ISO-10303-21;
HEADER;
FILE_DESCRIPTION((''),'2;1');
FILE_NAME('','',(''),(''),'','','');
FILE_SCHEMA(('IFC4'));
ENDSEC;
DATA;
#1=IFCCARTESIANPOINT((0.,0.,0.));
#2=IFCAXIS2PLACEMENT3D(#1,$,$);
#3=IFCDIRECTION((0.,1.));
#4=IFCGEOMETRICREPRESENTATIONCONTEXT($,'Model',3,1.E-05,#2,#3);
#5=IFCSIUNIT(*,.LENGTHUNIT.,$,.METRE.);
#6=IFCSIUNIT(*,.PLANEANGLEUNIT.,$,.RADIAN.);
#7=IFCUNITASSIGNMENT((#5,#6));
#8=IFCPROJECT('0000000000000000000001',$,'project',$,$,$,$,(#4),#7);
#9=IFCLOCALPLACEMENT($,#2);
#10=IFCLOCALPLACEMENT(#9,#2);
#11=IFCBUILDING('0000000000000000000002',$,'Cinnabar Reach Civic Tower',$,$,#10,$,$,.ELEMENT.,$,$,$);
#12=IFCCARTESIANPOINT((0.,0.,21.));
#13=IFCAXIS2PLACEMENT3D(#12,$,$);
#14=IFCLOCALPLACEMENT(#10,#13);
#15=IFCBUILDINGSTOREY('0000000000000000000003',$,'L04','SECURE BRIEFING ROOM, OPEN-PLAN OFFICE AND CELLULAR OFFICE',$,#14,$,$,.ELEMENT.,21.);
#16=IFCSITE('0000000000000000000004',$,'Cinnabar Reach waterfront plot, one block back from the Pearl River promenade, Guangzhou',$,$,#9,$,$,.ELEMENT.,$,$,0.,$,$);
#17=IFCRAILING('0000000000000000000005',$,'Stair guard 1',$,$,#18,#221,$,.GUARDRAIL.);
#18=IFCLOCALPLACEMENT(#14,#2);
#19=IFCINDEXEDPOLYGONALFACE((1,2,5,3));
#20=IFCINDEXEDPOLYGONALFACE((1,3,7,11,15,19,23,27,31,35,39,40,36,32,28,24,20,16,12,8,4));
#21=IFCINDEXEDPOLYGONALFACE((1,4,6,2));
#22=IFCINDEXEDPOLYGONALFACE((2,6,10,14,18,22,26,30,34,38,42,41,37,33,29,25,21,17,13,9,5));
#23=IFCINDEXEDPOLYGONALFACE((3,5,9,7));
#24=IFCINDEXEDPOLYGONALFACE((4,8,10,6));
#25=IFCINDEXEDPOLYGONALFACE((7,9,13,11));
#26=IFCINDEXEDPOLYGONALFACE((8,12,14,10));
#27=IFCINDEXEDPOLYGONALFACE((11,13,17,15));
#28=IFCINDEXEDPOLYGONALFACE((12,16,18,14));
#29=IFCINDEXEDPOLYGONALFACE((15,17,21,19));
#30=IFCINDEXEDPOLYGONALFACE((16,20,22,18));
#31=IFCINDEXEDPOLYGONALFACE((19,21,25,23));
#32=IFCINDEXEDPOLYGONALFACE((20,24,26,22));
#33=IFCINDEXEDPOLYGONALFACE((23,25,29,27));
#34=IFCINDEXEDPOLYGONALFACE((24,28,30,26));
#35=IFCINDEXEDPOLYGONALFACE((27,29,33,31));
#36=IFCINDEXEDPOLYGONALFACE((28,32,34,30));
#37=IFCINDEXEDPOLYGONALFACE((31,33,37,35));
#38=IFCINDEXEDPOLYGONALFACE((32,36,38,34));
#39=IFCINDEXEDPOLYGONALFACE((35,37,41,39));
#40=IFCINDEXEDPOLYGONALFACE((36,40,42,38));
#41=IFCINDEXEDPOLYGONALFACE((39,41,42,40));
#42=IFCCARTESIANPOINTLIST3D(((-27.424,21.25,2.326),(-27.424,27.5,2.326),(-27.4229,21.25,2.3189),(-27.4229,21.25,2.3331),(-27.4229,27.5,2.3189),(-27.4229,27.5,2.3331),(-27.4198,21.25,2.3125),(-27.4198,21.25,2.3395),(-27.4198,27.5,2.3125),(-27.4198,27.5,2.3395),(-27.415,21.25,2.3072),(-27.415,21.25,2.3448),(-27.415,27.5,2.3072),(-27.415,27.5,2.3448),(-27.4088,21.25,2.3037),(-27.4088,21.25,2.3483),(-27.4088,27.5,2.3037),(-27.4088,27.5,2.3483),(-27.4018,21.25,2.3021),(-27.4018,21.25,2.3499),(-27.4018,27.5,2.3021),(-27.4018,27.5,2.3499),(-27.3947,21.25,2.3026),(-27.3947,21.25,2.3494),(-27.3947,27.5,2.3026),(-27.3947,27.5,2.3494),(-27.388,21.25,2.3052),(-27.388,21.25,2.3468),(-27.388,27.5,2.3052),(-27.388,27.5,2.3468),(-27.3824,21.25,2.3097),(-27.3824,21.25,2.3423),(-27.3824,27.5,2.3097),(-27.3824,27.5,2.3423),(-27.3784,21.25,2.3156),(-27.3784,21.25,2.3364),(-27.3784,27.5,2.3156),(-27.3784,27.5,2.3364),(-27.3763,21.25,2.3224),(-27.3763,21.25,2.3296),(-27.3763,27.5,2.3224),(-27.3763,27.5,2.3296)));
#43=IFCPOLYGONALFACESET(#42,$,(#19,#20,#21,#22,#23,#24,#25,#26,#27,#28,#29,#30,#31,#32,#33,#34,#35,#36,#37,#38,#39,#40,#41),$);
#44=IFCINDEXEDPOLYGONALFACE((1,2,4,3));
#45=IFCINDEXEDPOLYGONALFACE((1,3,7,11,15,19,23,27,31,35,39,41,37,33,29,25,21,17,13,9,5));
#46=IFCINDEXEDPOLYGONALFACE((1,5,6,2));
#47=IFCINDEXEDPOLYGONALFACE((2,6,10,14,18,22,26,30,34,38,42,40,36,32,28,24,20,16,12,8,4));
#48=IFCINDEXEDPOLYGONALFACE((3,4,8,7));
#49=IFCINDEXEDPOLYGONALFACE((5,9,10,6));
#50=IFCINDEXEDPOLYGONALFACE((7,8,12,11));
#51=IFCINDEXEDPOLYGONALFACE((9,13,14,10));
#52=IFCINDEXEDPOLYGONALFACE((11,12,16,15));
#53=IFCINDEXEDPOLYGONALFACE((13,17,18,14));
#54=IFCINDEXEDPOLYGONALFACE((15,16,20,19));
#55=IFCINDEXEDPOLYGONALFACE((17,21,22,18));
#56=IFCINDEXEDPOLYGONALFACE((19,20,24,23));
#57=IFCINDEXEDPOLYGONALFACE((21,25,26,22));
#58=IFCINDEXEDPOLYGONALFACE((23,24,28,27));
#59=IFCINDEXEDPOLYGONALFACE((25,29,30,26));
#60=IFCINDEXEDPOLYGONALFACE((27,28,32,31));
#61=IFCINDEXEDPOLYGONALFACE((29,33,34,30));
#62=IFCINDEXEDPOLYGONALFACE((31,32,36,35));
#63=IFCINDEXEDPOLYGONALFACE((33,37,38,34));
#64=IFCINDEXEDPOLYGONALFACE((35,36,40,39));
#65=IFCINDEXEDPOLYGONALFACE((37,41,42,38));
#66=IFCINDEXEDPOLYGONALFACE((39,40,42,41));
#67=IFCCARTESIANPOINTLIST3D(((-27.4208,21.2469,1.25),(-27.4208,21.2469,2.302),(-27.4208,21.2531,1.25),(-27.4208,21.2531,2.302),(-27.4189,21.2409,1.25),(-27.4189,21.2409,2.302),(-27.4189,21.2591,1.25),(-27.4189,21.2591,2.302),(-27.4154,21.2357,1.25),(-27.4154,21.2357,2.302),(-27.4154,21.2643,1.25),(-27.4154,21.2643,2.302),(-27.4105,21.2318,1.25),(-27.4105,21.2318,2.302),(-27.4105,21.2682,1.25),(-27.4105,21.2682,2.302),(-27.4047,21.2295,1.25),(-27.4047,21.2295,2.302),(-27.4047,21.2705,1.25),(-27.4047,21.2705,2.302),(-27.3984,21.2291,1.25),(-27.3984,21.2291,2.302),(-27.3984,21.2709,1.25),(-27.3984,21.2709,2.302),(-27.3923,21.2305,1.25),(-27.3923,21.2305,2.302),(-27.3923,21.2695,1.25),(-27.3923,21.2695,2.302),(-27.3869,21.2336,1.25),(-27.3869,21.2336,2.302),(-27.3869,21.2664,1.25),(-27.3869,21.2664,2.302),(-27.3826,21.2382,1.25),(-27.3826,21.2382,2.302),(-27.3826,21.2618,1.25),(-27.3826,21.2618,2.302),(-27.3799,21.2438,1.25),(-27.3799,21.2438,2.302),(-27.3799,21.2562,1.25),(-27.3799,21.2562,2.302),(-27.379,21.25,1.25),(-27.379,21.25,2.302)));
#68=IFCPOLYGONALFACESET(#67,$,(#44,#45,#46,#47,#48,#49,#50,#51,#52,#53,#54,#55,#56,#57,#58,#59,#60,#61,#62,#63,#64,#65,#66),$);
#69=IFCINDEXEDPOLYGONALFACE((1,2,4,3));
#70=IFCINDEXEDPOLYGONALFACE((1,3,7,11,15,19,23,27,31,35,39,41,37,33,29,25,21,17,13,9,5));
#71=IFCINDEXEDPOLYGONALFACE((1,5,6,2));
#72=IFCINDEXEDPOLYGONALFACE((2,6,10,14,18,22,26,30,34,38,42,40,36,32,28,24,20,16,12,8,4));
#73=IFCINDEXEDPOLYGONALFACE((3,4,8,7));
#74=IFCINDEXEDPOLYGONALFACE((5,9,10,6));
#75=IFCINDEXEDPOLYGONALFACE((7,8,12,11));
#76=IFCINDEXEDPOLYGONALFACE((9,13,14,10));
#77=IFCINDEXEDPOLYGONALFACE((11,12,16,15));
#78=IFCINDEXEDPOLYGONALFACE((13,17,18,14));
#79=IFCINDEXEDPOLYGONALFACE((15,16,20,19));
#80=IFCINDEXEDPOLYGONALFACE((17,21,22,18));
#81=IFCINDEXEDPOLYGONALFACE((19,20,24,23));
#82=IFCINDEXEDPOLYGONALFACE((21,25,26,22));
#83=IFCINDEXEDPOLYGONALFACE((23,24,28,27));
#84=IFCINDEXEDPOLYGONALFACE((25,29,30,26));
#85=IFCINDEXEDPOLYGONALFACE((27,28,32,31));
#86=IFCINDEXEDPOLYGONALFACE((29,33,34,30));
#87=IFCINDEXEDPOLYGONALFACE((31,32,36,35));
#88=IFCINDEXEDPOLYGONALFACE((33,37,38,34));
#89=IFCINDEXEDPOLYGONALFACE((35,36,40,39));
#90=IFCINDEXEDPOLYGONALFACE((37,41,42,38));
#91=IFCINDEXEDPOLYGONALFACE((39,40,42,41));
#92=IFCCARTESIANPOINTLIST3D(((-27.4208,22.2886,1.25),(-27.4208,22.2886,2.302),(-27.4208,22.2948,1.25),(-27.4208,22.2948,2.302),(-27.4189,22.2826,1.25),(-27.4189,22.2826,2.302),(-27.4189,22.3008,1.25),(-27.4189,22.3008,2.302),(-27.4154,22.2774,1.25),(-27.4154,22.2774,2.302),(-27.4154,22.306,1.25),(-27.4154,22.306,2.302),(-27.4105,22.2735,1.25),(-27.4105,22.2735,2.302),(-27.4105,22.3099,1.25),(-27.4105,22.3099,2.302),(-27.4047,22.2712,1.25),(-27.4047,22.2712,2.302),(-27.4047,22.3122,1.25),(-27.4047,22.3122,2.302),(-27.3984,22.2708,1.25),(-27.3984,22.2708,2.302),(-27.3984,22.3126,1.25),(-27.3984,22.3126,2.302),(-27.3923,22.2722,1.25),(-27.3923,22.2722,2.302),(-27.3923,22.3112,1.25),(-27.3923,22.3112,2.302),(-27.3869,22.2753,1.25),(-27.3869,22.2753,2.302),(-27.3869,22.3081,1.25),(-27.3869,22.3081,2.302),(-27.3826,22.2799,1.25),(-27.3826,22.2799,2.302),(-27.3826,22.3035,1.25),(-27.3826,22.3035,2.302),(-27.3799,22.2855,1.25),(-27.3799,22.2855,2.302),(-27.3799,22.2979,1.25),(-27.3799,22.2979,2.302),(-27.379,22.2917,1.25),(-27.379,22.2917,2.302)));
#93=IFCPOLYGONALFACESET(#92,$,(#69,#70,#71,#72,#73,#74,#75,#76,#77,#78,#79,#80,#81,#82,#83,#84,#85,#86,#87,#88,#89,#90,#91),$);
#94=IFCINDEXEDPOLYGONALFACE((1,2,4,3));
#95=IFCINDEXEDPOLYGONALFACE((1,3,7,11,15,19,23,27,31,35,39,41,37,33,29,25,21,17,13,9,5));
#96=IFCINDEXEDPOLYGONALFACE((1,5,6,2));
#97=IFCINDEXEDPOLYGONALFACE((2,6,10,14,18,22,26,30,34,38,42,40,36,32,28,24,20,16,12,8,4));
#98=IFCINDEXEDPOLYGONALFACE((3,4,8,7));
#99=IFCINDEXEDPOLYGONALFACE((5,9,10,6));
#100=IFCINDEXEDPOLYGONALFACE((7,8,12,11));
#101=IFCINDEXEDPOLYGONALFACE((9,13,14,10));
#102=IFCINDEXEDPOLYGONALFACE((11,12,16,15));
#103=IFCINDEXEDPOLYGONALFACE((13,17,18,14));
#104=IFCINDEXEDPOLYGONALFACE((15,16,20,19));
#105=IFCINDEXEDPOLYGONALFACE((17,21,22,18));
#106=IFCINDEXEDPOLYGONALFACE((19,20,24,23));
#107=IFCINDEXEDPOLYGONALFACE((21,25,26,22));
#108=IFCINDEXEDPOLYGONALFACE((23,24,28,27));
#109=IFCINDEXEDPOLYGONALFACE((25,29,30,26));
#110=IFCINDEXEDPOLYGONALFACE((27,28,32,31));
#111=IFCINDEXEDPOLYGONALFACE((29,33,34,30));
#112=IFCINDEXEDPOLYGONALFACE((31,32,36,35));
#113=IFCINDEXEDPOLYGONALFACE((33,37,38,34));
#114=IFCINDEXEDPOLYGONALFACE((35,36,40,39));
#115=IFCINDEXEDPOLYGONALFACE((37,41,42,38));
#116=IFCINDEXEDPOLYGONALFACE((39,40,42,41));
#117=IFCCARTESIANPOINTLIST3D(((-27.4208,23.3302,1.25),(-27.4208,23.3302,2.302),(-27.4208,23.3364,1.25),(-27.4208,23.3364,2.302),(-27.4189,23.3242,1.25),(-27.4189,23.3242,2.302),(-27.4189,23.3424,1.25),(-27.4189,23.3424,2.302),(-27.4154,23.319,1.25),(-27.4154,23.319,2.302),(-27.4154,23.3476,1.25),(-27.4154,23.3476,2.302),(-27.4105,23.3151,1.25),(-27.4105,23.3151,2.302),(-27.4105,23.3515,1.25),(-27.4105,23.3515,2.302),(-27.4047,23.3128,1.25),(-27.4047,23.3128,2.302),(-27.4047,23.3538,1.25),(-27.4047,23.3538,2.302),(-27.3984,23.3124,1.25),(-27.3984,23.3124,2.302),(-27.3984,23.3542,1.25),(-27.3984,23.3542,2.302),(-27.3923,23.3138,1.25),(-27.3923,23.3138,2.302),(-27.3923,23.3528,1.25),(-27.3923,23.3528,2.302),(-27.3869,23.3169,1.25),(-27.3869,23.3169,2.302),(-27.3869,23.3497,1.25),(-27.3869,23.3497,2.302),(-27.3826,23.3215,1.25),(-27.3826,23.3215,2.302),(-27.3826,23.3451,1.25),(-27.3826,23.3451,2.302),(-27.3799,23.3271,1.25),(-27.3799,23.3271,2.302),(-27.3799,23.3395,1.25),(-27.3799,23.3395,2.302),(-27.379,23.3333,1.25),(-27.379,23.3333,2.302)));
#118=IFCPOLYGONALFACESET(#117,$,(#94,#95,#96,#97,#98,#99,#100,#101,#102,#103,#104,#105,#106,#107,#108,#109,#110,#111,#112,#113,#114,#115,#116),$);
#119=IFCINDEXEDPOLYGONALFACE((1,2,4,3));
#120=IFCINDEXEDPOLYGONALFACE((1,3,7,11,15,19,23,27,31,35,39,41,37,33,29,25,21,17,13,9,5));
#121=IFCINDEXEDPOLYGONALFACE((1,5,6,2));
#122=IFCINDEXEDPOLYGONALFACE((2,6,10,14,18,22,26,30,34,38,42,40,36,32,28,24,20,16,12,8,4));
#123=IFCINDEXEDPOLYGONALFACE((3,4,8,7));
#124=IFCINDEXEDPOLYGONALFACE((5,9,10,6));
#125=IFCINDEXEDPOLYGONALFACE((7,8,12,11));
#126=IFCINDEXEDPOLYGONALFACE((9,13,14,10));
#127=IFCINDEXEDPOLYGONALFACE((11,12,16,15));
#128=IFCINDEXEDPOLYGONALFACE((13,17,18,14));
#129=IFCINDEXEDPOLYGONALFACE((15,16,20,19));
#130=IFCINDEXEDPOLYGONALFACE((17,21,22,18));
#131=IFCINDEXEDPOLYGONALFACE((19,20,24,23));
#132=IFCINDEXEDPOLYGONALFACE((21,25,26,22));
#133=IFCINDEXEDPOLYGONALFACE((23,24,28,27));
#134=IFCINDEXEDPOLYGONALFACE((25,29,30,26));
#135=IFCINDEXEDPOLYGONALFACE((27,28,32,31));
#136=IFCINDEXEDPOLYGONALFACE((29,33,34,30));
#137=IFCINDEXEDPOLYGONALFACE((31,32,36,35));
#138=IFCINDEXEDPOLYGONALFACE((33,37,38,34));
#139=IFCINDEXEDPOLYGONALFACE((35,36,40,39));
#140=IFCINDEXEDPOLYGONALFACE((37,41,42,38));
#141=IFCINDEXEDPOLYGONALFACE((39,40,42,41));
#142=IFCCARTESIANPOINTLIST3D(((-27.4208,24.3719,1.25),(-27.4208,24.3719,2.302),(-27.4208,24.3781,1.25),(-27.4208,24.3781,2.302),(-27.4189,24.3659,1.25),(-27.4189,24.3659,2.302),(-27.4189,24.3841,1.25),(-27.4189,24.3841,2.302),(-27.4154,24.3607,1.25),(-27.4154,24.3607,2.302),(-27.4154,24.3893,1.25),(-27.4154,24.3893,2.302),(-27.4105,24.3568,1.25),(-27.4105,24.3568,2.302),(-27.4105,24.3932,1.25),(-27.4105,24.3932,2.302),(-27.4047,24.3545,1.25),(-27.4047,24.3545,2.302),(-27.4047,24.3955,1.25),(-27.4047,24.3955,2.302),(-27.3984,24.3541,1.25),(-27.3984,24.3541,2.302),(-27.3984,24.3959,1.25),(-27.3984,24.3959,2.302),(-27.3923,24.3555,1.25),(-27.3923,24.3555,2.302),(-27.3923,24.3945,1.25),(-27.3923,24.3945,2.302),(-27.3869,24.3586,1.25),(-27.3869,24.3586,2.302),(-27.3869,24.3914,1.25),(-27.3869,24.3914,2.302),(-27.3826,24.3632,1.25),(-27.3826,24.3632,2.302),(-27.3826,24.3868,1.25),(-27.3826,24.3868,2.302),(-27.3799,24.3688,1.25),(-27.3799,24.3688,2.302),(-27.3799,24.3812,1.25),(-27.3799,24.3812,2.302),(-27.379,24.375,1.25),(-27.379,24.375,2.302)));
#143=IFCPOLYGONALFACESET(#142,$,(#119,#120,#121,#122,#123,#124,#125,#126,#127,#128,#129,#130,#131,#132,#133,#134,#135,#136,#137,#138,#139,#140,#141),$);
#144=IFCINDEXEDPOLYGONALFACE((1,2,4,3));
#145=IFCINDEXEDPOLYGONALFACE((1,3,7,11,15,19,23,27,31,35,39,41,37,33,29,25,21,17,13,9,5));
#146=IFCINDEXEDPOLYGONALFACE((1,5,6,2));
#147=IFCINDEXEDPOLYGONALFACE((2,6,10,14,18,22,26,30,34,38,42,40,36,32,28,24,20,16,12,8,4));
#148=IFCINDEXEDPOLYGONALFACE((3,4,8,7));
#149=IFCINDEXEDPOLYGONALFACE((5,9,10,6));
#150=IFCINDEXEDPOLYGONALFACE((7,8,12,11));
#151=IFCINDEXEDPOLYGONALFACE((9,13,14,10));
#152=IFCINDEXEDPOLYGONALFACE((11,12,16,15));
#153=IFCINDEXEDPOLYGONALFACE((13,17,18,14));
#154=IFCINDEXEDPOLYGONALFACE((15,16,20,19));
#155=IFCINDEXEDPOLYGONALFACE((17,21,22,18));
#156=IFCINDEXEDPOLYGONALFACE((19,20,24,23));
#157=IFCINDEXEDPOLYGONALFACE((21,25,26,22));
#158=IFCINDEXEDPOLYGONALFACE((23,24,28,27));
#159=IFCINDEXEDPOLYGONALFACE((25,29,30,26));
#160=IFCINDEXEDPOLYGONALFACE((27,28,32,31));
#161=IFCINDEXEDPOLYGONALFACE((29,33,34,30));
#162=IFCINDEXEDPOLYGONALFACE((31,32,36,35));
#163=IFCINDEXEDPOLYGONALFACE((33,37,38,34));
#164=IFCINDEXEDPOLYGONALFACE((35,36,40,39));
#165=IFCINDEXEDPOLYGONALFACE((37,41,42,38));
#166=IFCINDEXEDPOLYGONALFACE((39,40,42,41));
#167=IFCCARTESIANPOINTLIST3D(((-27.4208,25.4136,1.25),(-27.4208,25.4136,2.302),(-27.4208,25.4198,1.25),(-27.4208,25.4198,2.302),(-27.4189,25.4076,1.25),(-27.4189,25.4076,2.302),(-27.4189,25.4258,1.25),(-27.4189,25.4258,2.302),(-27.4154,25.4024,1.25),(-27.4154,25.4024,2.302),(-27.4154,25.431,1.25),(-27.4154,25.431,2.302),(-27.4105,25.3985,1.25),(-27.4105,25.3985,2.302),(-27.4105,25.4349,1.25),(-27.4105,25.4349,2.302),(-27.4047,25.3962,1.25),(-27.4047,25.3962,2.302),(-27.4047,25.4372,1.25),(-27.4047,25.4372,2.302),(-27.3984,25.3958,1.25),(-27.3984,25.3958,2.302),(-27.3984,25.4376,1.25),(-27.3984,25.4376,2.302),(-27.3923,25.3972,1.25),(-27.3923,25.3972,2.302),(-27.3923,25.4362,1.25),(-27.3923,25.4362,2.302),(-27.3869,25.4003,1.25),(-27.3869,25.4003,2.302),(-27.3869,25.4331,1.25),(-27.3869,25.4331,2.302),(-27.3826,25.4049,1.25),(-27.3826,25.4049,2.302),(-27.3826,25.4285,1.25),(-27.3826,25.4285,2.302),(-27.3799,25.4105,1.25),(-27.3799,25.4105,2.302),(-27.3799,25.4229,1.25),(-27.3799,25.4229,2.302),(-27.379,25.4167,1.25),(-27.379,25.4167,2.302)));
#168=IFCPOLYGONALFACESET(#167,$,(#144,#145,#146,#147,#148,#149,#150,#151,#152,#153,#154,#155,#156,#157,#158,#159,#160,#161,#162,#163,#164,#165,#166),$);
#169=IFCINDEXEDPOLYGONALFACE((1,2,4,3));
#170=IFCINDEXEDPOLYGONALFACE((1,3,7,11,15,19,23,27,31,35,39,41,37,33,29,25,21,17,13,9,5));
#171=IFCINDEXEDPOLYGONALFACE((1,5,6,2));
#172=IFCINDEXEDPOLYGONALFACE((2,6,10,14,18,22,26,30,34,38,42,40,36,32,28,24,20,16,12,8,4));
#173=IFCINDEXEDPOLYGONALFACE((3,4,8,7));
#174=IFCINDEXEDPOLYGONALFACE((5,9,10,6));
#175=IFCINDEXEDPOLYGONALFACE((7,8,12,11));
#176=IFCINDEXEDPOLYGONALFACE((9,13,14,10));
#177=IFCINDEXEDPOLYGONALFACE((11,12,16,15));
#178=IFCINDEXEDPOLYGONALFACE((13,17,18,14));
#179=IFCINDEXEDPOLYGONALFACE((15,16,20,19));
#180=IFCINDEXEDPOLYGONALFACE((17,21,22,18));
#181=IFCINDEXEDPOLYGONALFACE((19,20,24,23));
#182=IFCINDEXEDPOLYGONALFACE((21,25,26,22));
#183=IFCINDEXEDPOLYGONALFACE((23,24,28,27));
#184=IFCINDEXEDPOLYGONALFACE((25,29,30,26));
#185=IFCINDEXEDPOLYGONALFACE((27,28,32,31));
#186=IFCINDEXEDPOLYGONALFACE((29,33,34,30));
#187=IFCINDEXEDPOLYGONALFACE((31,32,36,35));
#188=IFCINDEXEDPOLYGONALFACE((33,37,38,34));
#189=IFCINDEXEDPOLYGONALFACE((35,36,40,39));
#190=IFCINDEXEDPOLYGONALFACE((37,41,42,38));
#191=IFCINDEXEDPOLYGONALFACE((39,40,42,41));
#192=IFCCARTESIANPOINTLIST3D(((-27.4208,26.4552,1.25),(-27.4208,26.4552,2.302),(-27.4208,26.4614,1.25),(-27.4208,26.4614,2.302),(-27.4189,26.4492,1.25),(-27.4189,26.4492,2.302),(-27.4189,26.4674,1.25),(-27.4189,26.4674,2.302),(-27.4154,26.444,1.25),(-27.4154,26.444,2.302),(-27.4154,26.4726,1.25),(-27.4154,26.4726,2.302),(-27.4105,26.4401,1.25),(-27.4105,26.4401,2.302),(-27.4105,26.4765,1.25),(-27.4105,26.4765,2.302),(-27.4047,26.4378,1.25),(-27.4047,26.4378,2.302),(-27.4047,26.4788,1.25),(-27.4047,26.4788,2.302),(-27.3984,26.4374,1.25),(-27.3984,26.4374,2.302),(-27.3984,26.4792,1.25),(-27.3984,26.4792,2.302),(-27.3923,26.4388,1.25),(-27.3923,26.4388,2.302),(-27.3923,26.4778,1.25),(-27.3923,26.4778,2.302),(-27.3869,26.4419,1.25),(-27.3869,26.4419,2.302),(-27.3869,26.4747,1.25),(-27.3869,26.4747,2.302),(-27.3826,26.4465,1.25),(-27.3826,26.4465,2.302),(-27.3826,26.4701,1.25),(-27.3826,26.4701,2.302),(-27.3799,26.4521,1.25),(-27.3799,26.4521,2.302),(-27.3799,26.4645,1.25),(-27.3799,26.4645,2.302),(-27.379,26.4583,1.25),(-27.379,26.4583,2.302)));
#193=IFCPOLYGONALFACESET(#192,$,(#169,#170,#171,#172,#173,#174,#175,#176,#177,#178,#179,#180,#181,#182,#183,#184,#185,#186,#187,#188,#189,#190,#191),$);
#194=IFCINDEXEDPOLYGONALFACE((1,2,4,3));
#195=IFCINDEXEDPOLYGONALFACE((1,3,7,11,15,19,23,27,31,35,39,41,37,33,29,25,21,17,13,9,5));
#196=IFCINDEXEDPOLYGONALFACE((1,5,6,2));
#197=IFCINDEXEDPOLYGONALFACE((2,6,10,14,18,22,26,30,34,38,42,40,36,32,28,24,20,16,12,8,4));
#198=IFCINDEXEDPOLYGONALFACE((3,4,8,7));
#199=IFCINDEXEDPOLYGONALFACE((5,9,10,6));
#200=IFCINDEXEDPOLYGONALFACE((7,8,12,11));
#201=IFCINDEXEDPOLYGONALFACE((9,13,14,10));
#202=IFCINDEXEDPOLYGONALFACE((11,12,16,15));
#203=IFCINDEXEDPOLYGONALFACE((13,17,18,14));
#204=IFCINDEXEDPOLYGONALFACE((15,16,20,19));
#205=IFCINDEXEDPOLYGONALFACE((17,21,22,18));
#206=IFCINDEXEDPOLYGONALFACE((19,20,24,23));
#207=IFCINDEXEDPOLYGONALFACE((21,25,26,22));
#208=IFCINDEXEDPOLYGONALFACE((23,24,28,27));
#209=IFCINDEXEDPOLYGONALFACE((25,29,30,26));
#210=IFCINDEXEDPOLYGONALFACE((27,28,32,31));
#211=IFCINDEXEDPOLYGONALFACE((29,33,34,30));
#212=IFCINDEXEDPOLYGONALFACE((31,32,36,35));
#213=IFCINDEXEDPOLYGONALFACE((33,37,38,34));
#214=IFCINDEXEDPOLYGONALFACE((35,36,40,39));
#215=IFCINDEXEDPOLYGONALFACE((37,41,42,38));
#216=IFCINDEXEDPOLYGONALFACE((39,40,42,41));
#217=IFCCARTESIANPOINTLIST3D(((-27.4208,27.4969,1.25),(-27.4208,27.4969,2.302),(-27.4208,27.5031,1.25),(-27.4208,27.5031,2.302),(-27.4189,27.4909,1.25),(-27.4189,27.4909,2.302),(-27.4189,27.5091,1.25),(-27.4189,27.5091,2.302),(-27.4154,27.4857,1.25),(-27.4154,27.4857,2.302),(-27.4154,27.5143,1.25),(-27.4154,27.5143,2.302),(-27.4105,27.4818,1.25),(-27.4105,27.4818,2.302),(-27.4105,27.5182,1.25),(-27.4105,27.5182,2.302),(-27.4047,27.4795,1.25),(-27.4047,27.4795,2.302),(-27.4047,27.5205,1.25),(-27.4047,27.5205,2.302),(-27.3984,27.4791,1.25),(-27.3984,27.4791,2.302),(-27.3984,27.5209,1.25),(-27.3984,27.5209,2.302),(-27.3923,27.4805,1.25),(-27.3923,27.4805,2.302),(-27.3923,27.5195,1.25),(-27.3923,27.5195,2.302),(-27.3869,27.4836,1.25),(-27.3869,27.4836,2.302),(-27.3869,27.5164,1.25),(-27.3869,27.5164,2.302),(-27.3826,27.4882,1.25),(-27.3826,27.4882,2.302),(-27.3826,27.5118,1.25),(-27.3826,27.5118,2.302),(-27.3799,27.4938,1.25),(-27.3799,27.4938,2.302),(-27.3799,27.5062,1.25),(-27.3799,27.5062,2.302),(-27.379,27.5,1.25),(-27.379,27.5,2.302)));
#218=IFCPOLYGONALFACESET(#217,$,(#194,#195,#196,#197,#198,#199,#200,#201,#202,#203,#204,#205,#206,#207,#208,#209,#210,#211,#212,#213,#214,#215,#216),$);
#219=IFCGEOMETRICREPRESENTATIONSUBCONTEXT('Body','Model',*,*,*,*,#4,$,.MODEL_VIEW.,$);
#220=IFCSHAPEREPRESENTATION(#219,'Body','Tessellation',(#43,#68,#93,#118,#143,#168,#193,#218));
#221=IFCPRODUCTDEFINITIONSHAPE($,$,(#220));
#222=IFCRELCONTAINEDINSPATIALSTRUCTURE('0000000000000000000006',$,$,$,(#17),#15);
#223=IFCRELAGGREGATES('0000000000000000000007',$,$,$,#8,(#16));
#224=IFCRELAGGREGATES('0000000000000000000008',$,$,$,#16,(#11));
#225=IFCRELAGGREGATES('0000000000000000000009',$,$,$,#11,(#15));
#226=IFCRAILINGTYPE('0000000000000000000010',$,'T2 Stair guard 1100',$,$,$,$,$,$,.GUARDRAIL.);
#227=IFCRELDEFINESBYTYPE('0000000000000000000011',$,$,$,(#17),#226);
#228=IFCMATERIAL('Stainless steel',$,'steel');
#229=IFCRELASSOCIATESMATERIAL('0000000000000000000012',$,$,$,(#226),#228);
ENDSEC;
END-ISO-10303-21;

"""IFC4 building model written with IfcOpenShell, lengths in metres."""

from ifc_helpers import new_model, si_unit, direction, frame, origin, origin_2d, place, context, subcontext, project, spatial, circle, extrude, material, type_object, element, save


model = new_model("IFC4")

# Units and contexts
model_context = context("Model", 3, precision=1e-05, world=origin(), true_north=direction((0.0, 1.0)))
body_context = subcontext(model_context, "Body", "Model", "MODEL_VIEW")
ifc_project = project(units=[si_unit("LENGTHUNIT", "METRE"), si_unit("PLANEANGLEUNIT", "RADIAN")], contexts=[model_context])

# Site, building, storey
site_placement = place(None, origin())
site = spatial("IfcSite", under=ifc_project, at=site_placement, Name="Cinnabar Reach waterfront plot, one block back from the Pearl River promenade, Guangzhou", CompositionType="ELEMENT", RefElevation=0.0)
building_placement = place(site_placement, origin())
building = spatial("IfcBuilding", under=site, at=building_placement, Name="Cinnabar Reach Civic Tower", CompositionType="ELEMENT")
storey_placement = place(building_placement, frame((0.0, 0.0, 21.0)))
storey = spatial("IfcBuildingStorey", under=building, at=storey_placement, Name="L04", Description="SECURE BRIEFING ROOM, OPEN-PLAN OFFICE AND CELLULAR OFFICE", CompositionType="ELEMENT", Elevation=21.0)

# Railing
ifc_material_1 = material(Name="Stainless steel", Category="steel")
railing_type = type_object("IfcRailingType", Name="T2 Stair guard 1100", PredefinedType="GUARDRAIL", material=ifc_material_1)
for number, where, name in (
    (1, (-27.4, 21.25, 1.25), "Stair guard 1"),
):
    element("IfcRailing", number, at=place(storey_placement, frame(where)), inside=storey, type_object=railing_type, Name=name, PredefinedType="GUARDRAIL", context=body_context, shape_type="SweptSolid", body=[
        extrude(circle(Radius=0.024, at=origin_2d()), frame((0.0, 0.0, 1.076), z_axis=(0.0, 1.0, 0.0), x_axis=(-1.0, 0.0, 0.0)), (0.0, 0.0, 1.0), 6.25),
        extrude(circle(Radius=0.021, at=origin_2d()), origin(), (0.0, 0.0, 1.0), 1.052),
        extrude(circle(Radius=0.021, at=origin_2d()), frame((0.0, 1.0417, 0.0)), (0.0, 0.0, 1.0), 1.052),
        extrude(circle(Radius=0.021, at=origin_2d()), frame((0.0, 2.0833, 0.0)), (0.0, 0.0, 1.0), 1.052),
        extrude(circle(Radius=0.021, at=origin_2d()), frame((0.0, 3.125, 0.0)), (0.0, 0.0, 1.0), 1.052),
        extrude(circle(Radius=0.021, at=origin_2d()), frame((0.0, 4.1667, 0.0)), (0.0, 0.0, 1.0), 1.052),
        extrude(circle(Radius=0.021, at=origin_2d()), frame((0.0, 5.2083, 0.0)), (0.0, 0.0, 1.0), 1.052),
        extrude(circle(Radius=0.021, at=origin_2d()), frame((0.0, 6.25, 0.0)), (0.0, 0.0, 1.0), 1.052),
    ])

save(model, "model.ifc")
